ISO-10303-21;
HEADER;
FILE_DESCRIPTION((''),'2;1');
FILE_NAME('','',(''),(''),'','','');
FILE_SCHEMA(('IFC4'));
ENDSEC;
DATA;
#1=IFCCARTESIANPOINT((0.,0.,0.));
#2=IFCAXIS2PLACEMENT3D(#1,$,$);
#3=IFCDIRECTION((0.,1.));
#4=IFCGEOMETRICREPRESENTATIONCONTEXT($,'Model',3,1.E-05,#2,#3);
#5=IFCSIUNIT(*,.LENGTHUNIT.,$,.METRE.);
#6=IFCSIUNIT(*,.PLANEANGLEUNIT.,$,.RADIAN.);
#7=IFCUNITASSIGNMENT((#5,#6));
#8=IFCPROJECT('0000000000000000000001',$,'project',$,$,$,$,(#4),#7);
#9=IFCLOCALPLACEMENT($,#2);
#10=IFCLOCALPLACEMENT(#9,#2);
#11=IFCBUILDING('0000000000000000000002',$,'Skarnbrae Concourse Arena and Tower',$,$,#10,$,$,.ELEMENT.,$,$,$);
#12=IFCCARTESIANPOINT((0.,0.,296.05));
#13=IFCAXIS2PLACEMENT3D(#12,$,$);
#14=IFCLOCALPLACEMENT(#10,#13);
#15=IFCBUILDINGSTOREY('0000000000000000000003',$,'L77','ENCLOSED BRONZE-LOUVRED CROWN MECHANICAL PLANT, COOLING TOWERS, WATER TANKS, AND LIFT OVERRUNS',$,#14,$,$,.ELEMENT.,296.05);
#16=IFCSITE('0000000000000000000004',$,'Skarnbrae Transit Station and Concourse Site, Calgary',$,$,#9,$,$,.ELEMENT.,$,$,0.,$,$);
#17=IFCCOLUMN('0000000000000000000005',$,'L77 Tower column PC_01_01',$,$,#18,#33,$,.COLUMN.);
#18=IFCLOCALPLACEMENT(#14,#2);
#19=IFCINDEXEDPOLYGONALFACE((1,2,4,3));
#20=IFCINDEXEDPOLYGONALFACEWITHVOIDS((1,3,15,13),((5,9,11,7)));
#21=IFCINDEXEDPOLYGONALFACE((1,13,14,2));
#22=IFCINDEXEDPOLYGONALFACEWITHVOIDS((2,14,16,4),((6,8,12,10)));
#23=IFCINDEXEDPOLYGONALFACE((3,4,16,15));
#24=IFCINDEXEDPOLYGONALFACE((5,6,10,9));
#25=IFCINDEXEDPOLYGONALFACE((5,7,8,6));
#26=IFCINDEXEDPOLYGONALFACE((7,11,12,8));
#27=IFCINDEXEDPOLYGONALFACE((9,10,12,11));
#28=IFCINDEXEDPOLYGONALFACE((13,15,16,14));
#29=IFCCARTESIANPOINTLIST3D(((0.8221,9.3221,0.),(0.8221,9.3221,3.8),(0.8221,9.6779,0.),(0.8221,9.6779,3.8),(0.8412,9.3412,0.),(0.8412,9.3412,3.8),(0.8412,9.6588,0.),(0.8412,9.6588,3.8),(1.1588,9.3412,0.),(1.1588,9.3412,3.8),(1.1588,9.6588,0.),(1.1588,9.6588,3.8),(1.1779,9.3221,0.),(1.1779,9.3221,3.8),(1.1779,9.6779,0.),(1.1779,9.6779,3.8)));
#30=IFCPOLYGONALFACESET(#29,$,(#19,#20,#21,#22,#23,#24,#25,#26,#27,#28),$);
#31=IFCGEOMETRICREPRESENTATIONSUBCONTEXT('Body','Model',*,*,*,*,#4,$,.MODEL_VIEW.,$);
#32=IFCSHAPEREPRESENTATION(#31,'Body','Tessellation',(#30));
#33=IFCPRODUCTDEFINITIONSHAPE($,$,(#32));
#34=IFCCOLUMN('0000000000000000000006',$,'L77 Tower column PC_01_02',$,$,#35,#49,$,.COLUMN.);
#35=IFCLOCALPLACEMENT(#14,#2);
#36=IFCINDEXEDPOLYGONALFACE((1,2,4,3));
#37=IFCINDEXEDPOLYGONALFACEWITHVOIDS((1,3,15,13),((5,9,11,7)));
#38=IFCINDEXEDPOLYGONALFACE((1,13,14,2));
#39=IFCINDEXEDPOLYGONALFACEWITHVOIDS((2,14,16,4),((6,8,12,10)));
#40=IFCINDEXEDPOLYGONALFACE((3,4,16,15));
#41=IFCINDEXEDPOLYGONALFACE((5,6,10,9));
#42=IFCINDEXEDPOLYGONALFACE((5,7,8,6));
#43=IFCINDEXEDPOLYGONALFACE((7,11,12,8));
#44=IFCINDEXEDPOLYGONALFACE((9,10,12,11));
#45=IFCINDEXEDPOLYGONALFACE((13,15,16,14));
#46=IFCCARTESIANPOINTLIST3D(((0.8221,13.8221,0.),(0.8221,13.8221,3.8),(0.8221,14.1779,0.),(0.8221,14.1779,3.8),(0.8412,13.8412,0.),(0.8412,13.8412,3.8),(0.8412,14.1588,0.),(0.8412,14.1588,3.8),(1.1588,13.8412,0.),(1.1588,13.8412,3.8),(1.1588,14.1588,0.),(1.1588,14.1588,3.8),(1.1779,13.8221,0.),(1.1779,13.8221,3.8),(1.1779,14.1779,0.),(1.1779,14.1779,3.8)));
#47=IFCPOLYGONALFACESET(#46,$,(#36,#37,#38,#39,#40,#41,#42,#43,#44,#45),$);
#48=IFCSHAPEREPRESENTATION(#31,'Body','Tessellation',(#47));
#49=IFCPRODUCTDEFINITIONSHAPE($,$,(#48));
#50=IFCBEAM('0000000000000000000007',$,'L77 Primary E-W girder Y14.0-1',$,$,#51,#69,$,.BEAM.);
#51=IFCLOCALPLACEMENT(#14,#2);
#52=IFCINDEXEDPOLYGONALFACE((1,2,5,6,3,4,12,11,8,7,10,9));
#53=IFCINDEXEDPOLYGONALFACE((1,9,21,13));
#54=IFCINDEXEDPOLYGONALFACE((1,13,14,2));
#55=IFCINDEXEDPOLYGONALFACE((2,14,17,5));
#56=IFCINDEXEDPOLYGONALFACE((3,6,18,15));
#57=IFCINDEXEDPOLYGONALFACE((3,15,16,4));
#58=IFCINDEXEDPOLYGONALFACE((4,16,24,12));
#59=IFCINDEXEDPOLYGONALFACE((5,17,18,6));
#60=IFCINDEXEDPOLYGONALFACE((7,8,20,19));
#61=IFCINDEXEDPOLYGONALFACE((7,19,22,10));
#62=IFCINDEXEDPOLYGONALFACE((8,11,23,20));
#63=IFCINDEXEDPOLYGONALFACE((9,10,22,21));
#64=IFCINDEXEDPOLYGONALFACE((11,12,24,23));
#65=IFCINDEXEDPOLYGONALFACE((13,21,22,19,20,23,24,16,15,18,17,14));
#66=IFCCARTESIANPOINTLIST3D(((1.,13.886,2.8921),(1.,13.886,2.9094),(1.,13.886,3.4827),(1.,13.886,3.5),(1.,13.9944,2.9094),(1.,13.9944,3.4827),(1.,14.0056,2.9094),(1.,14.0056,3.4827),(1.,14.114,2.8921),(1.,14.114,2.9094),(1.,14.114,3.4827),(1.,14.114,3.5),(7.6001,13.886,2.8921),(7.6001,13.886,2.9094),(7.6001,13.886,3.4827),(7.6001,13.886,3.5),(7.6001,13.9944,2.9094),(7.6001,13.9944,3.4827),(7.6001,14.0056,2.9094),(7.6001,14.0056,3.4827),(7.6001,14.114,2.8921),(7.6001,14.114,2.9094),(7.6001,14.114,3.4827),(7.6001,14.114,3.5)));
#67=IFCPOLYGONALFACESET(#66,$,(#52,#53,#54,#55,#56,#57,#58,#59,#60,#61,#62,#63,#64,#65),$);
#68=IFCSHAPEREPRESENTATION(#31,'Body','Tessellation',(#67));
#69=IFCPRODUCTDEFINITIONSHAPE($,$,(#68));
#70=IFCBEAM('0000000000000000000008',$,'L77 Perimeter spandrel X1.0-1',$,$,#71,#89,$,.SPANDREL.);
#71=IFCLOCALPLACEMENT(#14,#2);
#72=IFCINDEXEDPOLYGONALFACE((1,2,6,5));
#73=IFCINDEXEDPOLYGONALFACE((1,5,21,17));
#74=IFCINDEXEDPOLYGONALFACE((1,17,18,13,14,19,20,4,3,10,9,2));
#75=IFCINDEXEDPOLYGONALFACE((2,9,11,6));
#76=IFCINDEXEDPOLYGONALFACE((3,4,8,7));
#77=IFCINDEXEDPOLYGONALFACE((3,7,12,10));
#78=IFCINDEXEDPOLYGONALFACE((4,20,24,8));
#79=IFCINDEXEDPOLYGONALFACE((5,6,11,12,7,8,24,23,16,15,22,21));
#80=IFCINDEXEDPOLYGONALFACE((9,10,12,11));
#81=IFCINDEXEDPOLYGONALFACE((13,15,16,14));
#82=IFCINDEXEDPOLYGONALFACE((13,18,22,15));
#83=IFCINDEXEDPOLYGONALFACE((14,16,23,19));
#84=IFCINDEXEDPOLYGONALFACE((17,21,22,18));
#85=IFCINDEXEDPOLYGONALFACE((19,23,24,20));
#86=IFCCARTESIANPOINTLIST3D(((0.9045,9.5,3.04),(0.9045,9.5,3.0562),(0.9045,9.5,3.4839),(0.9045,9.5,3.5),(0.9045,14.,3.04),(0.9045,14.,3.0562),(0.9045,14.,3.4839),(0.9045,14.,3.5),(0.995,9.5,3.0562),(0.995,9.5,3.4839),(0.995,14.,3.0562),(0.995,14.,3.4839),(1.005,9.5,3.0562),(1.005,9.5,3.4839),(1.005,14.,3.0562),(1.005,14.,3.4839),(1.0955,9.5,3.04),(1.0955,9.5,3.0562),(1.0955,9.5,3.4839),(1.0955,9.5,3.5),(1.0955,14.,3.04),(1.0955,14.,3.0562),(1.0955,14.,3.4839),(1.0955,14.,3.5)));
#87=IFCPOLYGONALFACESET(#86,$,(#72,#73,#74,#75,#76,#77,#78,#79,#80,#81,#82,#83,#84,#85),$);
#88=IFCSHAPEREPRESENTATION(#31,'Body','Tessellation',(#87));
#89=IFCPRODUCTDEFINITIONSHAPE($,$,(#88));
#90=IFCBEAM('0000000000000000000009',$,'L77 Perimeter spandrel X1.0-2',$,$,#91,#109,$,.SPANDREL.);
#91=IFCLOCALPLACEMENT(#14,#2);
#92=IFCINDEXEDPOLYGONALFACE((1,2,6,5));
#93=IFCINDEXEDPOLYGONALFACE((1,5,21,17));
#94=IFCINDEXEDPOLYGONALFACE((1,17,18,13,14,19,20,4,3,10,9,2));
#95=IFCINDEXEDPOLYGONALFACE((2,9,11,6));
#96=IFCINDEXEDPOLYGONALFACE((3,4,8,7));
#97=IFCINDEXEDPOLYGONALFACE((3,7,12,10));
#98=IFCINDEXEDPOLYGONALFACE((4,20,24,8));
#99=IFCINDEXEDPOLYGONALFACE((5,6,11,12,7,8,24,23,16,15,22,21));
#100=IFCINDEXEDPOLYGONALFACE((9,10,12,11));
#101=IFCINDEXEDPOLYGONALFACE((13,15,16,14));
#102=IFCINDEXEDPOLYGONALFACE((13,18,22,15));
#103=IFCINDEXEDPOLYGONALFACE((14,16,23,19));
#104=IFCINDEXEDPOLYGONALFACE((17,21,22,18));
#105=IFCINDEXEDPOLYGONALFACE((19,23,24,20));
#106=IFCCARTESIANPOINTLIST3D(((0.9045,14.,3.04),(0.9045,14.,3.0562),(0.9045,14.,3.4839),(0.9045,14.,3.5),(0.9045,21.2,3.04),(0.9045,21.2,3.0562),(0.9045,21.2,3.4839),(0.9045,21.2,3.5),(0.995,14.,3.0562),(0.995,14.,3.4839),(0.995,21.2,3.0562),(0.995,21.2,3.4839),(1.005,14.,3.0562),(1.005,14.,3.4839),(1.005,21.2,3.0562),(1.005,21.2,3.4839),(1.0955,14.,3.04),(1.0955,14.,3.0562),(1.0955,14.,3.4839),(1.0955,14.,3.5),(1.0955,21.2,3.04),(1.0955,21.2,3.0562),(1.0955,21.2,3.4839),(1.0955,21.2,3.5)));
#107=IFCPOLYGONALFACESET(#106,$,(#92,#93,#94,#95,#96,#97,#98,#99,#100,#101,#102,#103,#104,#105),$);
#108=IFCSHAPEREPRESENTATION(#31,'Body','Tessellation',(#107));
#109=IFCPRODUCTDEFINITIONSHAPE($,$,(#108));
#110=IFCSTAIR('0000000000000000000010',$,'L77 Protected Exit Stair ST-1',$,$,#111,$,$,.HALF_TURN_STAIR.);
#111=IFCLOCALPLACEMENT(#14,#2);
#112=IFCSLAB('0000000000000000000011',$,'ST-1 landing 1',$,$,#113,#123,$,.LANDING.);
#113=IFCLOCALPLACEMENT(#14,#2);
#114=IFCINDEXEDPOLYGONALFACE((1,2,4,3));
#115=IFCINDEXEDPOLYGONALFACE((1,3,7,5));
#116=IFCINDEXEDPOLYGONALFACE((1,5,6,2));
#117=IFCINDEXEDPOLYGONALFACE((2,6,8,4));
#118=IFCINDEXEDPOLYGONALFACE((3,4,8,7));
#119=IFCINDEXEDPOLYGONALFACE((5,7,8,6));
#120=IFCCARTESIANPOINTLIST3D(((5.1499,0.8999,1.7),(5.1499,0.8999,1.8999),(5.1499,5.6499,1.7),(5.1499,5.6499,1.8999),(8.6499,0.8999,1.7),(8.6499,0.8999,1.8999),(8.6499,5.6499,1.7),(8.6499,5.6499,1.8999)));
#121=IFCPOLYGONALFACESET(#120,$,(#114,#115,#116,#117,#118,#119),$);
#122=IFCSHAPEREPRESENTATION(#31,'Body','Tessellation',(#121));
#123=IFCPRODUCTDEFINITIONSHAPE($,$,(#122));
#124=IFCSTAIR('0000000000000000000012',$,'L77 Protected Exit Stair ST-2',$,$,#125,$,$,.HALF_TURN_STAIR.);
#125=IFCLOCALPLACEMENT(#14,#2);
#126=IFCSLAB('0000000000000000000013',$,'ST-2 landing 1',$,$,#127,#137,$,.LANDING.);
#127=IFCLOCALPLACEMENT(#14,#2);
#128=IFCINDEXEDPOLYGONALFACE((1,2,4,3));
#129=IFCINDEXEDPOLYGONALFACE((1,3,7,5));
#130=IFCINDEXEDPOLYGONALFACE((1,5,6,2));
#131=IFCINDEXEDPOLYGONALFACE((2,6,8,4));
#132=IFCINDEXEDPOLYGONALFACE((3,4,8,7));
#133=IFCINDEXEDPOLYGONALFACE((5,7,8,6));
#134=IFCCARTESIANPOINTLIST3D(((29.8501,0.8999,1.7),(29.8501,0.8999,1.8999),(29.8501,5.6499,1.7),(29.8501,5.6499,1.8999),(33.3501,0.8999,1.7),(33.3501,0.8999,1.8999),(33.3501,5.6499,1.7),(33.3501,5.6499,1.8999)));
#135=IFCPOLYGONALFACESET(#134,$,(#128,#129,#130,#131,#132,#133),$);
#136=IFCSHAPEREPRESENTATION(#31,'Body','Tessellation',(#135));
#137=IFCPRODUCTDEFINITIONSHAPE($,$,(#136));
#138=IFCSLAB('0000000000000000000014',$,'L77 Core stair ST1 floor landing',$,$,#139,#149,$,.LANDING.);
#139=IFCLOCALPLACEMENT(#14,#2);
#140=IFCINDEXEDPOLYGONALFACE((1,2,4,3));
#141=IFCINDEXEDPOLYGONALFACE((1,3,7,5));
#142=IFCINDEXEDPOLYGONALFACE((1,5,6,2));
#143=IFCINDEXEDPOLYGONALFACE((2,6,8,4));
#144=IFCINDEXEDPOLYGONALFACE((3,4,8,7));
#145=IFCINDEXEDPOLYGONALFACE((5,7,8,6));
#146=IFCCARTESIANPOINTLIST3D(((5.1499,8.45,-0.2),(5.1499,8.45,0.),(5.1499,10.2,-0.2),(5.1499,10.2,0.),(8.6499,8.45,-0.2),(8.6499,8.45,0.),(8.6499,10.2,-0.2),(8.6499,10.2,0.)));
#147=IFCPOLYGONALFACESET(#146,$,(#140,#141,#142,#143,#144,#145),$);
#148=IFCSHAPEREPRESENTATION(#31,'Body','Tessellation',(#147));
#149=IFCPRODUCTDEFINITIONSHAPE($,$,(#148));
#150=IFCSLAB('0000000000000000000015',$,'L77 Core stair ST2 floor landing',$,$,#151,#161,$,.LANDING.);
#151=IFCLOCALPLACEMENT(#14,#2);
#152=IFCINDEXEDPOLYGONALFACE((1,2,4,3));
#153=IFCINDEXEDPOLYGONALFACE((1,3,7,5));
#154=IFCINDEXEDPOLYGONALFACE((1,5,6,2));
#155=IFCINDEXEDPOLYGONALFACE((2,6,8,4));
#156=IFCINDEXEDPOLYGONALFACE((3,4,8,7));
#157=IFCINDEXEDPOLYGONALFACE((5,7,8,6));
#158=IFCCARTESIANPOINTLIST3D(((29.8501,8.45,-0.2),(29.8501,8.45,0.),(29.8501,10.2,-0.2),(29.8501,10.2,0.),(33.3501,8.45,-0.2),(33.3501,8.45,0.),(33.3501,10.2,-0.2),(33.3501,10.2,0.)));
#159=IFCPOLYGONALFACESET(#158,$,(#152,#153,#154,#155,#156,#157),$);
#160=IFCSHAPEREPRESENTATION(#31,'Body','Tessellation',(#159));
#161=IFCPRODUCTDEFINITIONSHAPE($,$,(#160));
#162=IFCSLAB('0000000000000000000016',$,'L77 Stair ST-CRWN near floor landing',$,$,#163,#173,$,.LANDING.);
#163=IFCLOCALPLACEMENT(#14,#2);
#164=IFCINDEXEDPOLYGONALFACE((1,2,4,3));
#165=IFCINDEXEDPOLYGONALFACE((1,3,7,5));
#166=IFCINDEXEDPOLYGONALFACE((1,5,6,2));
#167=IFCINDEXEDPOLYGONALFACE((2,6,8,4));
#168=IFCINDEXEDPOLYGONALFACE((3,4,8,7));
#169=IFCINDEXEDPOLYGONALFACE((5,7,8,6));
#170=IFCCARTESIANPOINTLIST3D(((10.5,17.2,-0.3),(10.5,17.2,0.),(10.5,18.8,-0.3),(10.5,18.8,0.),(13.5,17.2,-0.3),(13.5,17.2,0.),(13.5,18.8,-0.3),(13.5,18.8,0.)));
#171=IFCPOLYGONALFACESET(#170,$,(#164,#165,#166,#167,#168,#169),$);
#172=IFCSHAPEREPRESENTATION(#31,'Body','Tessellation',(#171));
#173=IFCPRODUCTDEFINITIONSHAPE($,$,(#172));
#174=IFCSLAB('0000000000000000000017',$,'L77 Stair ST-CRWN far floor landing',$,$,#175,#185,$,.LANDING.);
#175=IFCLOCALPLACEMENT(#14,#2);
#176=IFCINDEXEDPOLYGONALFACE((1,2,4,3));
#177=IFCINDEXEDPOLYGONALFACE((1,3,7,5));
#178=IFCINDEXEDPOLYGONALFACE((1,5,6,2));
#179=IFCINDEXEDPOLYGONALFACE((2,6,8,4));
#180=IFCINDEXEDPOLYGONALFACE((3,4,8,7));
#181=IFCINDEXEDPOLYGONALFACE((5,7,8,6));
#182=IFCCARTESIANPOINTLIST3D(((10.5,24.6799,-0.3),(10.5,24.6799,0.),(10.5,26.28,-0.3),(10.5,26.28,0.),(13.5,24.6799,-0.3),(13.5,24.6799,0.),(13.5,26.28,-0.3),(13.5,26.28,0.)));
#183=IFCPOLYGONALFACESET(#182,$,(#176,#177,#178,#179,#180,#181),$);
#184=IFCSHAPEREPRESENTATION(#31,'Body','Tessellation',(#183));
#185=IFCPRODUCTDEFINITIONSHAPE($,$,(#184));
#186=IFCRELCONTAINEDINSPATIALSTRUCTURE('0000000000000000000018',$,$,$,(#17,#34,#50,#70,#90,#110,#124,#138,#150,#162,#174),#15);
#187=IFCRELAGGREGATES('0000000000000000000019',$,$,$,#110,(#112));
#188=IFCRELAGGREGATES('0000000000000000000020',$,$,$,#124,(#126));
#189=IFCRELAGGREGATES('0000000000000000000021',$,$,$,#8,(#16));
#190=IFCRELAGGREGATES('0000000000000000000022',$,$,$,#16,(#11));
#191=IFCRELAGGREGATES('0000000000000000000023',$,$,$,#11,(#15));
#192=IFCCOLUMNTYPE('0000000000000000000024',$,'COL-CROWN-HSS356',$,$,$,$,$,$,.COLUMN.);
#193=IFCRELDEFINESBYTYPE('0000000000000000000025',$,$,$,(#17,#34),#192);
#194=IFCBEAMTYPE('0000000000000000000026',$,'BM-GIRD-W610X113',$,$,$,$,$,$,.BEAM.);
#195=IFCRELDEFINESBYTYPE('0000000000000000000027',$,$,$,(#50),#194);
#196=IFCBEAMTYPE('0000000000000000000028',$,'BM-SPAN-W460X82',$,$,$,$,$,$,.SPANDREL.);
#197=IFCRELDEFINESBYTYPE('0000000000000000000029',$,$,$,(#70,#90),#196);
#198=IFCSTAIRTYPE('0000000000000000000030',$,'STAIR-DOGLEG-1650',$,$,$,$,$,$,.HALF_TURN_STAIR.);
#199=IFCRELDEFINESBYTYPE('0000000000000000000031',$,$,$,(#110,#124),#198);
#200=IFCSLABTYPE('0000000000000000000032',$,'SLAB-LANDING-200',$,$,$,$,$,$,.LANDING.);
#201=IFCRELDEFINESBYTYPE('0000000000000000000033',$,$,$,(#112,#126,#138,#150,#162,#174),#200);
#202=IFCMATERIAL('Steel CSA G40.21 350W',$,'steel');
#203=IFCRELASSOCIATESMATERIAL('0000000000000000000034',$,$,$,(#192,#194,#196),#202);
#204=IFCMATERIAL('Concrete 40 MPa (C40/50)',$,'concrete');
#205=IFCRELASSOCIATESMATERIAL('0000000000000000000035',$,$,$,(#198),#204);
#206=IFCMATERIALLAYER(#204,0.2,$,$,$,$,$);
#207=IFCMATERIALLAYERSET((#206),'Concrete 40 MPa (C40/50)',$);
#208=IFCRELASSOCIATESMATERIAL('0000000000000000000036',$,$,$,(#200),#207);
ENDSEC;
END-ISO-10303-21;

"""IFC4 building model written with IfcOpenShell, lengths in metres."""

from ifc_helpers import new_model, si_unit, direction, frame, origin, origin_2d, place, context, subcontext, project, spatial, polyline, hollow_rectangle, i_section, outline, extrude, source, transform, mapped, material, layer, layer_set, material_profile, profile_set, type_object, element, aggregate, save


model = new_model("IFC4")

# Units and contexts
model_context = context("Model", 3, precision=1e-05, world=origin(), true_north=direction((0.0, 1.0)))
body_context = subcontext(model_context, "Body", "Model", "MODEL_VIEW")
ifc_project = project(units=[si_unit("LENGTHUNIT", "METRE"), si_unit("PLANEANGLEUNIT", "RADIAN")], contexts=[model_context])

# Site, building, storey
site_placement = place(None, origin())
site = spatial("IfcSite", under=ifc_project, at=site_placement, Name="Skarnbrae Transit Station and Concourse Site, Calgary", CompositionType="ELEMENT", RefElevation=0.0)
building_placement = place(site_placement, origin())
building = spatial("IfcBuilding", under=site, at=building_placement, Name="Skarnbrae Concourse Arena and Tower", CompositionType="ELEMENT")
storey_placement = place(building_placement, frame((0.0, 0.0, 296.05)))
storey = spatial("IfcBuildingStorey", under=building, at=storey_placement, Name="L77", Description="ENCLOSED BRONZE-LOUVRED CROWN MECHANICAL PLANT, COOLING TOWERS, WATER TANKS, AND LIFT OVERRUNS", CompositionType="ELEMENT", Elevation=296.05)

# Columns
ifc_material_1 = material(Name="Steel CSA G40.21 350W", Category="steel")
ifc_material_profile_1 = material_profile(ifc_material_1, hollow_rectangle(XDim=0.3557, YDim=0.3557, WallThickness=0.019, at=origin_2d()), Name="HSS356X356X19.0")
ifc_profile_set_1 = profile_set([ifc_material_profile_1], Name="Steel CSA G40.21 350W")
column_type = type_object("IfcColumnType", Name="COL-CROWN-HSS356", PredefinedType="COLUMN", material=ifc_profile_set_1)
shared_shape_1 = source(origin(), body_context, "Body", "SweptSolid", [
    extrude(hollow_rectangle(XDim=0.3557, YDim=0.3557, WallThickness=0.019, at=origin_2d()), origin(), (0.0, 0.0, 1.0), 3.8),
])
for number, where, z_axis, x_axis, name in (
    (1, (1.0, 9.5, 0.0), (0.0, 0.0, 1.0), (1.0, 0.0, 0.0), "L77 Tower column PC_01_01"),
    (2, (1.0, 14.0, 0.0), (0.0, 0.0, 1.0), (1.0, 0.0, 0.0), "L77 Tower column PC_01_02"),
):
    element("IfcColumn", number, at=place(storey_placement, frame(where, z_axis=z_axis, x_axis=x_axis)), inside=storey, type_object=column_type, Name=name, PredefinedType="COLUMN", context=body_context, shape_type="MappedRepresentation", body=[
        mapped(shared_shape_1, transform((0.0, 0.0, 0.0))),
    ])

# Beams
ifc_material_profile_2 = material_profile(ifc_material_1, i_section(OverallWidth=0.228, OverallDepth=0.6079, WebThickness=0.0112, FlangeThickness=0.0173, at=origin_2d()), Name="W610X113")
ifc_profile_set_2 = profile_set([ifc_material_profile_2], Name="Steel CSA G40.21 350W")
beam_type_1 = type_object("IfcBeamType", Name="BM-GIRD-W610X113", PredefinedType="BEAM", material=ifc_profile_set_2)
shared_shape_2 = source(origin(), body_context, "Body", "SweptSolid", [
    extrude(i_section(OverallWidth=0.228, OverallDepth=0.6079, WebThickness=0.0112, FlangeThickness=0.0173, at=origin_2d()), origin(), (0.0, 0.0, 1.0), 6.6001),
])
beam_1_placement = place(storey_placement, frame((1.0, 14.0, 3.196), z_axis=(1.0, 0.0, 0.0), x_axis=(0.0, 1.0, 0.0)))
element("IfcBeam", 3, at=beam_1_placement, inside=storey, type_object=beam_type_1, Name="L77 Primary E-W girder Y14.0-1", PredefinedType="BEAM", context=body_context, shape_type="MappedRepresentation", body=[
    mapped(shared_shape_2, transform((0.0, 0.0, 0.0))),
])
ifc_material_profile_3 = material_profile(ifc_material_1, i_section(OverallWidth=0.1909, OverallDepth=0.46, WebThickness=0.01, FlangeThickness=0.0161, at=origin_2d()), Name="W460X82")
ifc_profile_set_3 = profile_set([ifc_material_profile_3], Name="Steel CSA G40.21 350W")
beam_type_2 = type_object("IfcBeamType", Name="BM-SPAN-W460X82", PredefinedType="SPANDREL", material=ifc_profile_set_3)
shared_shape_3 = source(origin(), body_context, "Body", "SweptSolid", [
    extrude(i_section(OverallWidth=0.1909, OverallDepth=0.46, WebThickness=0.01, FlangeThickness=0.0161, at=origin_2d()), origin(), (0.0, 0.0, 1.0), 4.5),
])
beam_2_placement = place(storey_placement, frame((1.0, 9.5, 3.27), z_axis=(0.0, 1.0, 0.0), x_axis=(-1.0, 0.0, 0.0)))
element("IfcBeam", 4, at=beam_2_placement, inside=storey, type_object=beam_type_2, Name="L77 Perimeter spandrel X1.0-1", PredefinedType="SPANDREL", context=body_context, shape_type="MappedRepresentation", body=[
    mapped(shared_shape_3, transform((0.0, 0.0, 0.0))),
])
shared_shape_4 = source(origin(), body_context, "Body", "SweptSolid", [
    extrude(i_section(OverallWidth=0.1909, OverallDepth=0.46, WebThickness=0.01, FlangeThickness=0.0161, at=origin_2d()), origin(), (0.0, 0.0, 1.0), 7.2),
])
beam_3_placement = place(storey_placement, frame((1.0, 14.0, 3.27), z_axis=(0.0, 1.0, 0.0), x_axis=(-1.0, 0.0, 0.0)))
element("IfcBeam", 5, at=beam_3_placement, inside=storey, type_object=beam_type_2, Name="L77 Perimeter spandrel X1.0-2", PredefinedType="SPANDREL", context=body_context, shape_type="MappedRepresentation", body=[
    mapped(shared_shape_4, transform((0.0, 0.0, 0.0))),
])

# Stairs, slabs
ifc_material_2 = material(Name="Concrete 40 MPa (C40/50)", Category="concrete")
stair_type = type_object("IfcStairType", Name="STAIR-DOGLEG-1650", PredefinedType="HALF_TURN_STAIR", material=ifc_material_2)
stair_1_placement = place(storey_placement, origin())
stair_1 = element("IfcStair", 6, at=stair_1_placement, inside=storey, type_object=stair_type, Name="L77 Protected Exit Stair ST-1", PredefinedType="HALF_TURN_STAIR")
ifc_layer_1 = layer(ifc_material_2, 0.2)
ifc_layer_set_1 = layer_set([ifc_layer_1], Name="Concrete 40 MPa (C40/50)")
slab_type_1 = type_object("IfcSlabType", Name="SLAB-LANDING-200", PredefinedType="LANDING", material=ifc_layer_set_1)
slab_1_placement = place(storey_placement, frame((0.0, 0.0, 1.7)))
slab_1 = element("IfcSlab", 7, at=slab_1_placement, type_object=slab_type_1, Name="ST-1 landing 1", PredefinedType="LANDING", context=body_context, shape_type="SweptSolid", body=[
    extrude(outline(polyline([(5.1499, 5.6499), (5.1499, 0.8999), (8.6499, 0.8999), (8.6499, 5.6499), (5.1499, 5.6499)])), origin(), (0.0, 0.0, 1.0), 0.2),
])
aggregate(stair_1, [slab_1])
stair_2_placement = place(storey_placement, origin())
stair_2 = element("IfcStair", 8, at=stair_2_placement, inside=storey, type_object=stair_type, Name="L77 Protected Exit Stair ST-2", PredefinedType="HALF_TURN_STAIR")
slab_2_placement = place(storey_placement, frame((0.0, 0.0, 1.7)))
slab_2 = element("IfcSlab", 9, at=slab_2_placement, type_object=slab_type_1, Name="ST-2 landing 1", PredefinedType="LANDING", context=body_context, shape_type="SweptSolid", body=[
    extrude(outline(polyline([(29.8501, 5.6499), (29.8501, 0.8999), (33.3501, 0.8999), (33.3501, 5.6499), (29.8501, 5.6499)])), origin(), (0.0, 0.0, 1.0), 0.2),
])
aggregate(stair_2, [slab_2])

# Slabs
slab_3_placement = place(storey_placement, frame((0.0, 0.0, -0.2)))
element("IfcSlab", 10, at=slab_3_placement, inside=storey, type_object=slab_type_1, Name="L77 Core stair ST1 floor landing", PredefinedType="LANDING", context=body_context, shape_type="SweptSolid", body=[
    extrude(outline(polyline([(5.1499, 10.2), (5.1499, 8.45), (8.6499, 8.45), (8.6499, 10.2), (5.1499, 10.2)])), origin(), (0.0, 0.0, 1.0), 0.2),
])
slab_4_placement = place(storey_placement, frame((0.0, 0.0, -0.2)))
element("IfcSlab", 11, at=slab_4_placement, inside=storey, type_object=slab_type_1, Name="L77 Core stair ST2 floor landing", PredefinedType="LANDING", context=body_context, shape_type="SweptSolid", body=[
    extrude(outline(polyline([(29.8501, 10.2), (29.8501, 8.45), (33.3501, 8.45), (33.3501, 10.2), (29.8501, 10.2)])), origin(), (0.0, 0.0, 1.0), 0.2),
])
slab_5_placement = place(storey_placement, frame((0.0, 0.0, -0.3)))
element("IfcSlab", 12, at=slab_5_placement, inside=storey, type_object=slab_type_1, Name="L77 Stair ST-CRWN near floor landing", PredefinedType="LANDING", context=body_context, shape_type="SweptSolid", body=[
    extrude(outline(polyline([(13.5, 17.2), (13.5, 18.8), (10.5, 18.8), (10.5, 17.2), (13.5, 17.2)])), origin(), (0.0, 0.0, 1.0), 0.3),
])
slab_6_placement = place(storey_placement, frame((0.0, 0.0, -0.3)))
element("IfcSlab", 13, at=slab_6_placement, inside=storey, type_object=slab_type_1, Name="L77 Stair ST-CRWN far floor landing", PredefinedType="LANDING", context=body_context, shape_type="SweptSolid", body=[
    extrude(outline(polyline([(13.5, 24.6799), (13.5, 26.28), (10.5, 26.28), (10.5, 24.6799), (13.5, 24.6799)])), origin(), (0.0, 0.0, 1.0), 0.3),
])

save(model, "model.ifc")
